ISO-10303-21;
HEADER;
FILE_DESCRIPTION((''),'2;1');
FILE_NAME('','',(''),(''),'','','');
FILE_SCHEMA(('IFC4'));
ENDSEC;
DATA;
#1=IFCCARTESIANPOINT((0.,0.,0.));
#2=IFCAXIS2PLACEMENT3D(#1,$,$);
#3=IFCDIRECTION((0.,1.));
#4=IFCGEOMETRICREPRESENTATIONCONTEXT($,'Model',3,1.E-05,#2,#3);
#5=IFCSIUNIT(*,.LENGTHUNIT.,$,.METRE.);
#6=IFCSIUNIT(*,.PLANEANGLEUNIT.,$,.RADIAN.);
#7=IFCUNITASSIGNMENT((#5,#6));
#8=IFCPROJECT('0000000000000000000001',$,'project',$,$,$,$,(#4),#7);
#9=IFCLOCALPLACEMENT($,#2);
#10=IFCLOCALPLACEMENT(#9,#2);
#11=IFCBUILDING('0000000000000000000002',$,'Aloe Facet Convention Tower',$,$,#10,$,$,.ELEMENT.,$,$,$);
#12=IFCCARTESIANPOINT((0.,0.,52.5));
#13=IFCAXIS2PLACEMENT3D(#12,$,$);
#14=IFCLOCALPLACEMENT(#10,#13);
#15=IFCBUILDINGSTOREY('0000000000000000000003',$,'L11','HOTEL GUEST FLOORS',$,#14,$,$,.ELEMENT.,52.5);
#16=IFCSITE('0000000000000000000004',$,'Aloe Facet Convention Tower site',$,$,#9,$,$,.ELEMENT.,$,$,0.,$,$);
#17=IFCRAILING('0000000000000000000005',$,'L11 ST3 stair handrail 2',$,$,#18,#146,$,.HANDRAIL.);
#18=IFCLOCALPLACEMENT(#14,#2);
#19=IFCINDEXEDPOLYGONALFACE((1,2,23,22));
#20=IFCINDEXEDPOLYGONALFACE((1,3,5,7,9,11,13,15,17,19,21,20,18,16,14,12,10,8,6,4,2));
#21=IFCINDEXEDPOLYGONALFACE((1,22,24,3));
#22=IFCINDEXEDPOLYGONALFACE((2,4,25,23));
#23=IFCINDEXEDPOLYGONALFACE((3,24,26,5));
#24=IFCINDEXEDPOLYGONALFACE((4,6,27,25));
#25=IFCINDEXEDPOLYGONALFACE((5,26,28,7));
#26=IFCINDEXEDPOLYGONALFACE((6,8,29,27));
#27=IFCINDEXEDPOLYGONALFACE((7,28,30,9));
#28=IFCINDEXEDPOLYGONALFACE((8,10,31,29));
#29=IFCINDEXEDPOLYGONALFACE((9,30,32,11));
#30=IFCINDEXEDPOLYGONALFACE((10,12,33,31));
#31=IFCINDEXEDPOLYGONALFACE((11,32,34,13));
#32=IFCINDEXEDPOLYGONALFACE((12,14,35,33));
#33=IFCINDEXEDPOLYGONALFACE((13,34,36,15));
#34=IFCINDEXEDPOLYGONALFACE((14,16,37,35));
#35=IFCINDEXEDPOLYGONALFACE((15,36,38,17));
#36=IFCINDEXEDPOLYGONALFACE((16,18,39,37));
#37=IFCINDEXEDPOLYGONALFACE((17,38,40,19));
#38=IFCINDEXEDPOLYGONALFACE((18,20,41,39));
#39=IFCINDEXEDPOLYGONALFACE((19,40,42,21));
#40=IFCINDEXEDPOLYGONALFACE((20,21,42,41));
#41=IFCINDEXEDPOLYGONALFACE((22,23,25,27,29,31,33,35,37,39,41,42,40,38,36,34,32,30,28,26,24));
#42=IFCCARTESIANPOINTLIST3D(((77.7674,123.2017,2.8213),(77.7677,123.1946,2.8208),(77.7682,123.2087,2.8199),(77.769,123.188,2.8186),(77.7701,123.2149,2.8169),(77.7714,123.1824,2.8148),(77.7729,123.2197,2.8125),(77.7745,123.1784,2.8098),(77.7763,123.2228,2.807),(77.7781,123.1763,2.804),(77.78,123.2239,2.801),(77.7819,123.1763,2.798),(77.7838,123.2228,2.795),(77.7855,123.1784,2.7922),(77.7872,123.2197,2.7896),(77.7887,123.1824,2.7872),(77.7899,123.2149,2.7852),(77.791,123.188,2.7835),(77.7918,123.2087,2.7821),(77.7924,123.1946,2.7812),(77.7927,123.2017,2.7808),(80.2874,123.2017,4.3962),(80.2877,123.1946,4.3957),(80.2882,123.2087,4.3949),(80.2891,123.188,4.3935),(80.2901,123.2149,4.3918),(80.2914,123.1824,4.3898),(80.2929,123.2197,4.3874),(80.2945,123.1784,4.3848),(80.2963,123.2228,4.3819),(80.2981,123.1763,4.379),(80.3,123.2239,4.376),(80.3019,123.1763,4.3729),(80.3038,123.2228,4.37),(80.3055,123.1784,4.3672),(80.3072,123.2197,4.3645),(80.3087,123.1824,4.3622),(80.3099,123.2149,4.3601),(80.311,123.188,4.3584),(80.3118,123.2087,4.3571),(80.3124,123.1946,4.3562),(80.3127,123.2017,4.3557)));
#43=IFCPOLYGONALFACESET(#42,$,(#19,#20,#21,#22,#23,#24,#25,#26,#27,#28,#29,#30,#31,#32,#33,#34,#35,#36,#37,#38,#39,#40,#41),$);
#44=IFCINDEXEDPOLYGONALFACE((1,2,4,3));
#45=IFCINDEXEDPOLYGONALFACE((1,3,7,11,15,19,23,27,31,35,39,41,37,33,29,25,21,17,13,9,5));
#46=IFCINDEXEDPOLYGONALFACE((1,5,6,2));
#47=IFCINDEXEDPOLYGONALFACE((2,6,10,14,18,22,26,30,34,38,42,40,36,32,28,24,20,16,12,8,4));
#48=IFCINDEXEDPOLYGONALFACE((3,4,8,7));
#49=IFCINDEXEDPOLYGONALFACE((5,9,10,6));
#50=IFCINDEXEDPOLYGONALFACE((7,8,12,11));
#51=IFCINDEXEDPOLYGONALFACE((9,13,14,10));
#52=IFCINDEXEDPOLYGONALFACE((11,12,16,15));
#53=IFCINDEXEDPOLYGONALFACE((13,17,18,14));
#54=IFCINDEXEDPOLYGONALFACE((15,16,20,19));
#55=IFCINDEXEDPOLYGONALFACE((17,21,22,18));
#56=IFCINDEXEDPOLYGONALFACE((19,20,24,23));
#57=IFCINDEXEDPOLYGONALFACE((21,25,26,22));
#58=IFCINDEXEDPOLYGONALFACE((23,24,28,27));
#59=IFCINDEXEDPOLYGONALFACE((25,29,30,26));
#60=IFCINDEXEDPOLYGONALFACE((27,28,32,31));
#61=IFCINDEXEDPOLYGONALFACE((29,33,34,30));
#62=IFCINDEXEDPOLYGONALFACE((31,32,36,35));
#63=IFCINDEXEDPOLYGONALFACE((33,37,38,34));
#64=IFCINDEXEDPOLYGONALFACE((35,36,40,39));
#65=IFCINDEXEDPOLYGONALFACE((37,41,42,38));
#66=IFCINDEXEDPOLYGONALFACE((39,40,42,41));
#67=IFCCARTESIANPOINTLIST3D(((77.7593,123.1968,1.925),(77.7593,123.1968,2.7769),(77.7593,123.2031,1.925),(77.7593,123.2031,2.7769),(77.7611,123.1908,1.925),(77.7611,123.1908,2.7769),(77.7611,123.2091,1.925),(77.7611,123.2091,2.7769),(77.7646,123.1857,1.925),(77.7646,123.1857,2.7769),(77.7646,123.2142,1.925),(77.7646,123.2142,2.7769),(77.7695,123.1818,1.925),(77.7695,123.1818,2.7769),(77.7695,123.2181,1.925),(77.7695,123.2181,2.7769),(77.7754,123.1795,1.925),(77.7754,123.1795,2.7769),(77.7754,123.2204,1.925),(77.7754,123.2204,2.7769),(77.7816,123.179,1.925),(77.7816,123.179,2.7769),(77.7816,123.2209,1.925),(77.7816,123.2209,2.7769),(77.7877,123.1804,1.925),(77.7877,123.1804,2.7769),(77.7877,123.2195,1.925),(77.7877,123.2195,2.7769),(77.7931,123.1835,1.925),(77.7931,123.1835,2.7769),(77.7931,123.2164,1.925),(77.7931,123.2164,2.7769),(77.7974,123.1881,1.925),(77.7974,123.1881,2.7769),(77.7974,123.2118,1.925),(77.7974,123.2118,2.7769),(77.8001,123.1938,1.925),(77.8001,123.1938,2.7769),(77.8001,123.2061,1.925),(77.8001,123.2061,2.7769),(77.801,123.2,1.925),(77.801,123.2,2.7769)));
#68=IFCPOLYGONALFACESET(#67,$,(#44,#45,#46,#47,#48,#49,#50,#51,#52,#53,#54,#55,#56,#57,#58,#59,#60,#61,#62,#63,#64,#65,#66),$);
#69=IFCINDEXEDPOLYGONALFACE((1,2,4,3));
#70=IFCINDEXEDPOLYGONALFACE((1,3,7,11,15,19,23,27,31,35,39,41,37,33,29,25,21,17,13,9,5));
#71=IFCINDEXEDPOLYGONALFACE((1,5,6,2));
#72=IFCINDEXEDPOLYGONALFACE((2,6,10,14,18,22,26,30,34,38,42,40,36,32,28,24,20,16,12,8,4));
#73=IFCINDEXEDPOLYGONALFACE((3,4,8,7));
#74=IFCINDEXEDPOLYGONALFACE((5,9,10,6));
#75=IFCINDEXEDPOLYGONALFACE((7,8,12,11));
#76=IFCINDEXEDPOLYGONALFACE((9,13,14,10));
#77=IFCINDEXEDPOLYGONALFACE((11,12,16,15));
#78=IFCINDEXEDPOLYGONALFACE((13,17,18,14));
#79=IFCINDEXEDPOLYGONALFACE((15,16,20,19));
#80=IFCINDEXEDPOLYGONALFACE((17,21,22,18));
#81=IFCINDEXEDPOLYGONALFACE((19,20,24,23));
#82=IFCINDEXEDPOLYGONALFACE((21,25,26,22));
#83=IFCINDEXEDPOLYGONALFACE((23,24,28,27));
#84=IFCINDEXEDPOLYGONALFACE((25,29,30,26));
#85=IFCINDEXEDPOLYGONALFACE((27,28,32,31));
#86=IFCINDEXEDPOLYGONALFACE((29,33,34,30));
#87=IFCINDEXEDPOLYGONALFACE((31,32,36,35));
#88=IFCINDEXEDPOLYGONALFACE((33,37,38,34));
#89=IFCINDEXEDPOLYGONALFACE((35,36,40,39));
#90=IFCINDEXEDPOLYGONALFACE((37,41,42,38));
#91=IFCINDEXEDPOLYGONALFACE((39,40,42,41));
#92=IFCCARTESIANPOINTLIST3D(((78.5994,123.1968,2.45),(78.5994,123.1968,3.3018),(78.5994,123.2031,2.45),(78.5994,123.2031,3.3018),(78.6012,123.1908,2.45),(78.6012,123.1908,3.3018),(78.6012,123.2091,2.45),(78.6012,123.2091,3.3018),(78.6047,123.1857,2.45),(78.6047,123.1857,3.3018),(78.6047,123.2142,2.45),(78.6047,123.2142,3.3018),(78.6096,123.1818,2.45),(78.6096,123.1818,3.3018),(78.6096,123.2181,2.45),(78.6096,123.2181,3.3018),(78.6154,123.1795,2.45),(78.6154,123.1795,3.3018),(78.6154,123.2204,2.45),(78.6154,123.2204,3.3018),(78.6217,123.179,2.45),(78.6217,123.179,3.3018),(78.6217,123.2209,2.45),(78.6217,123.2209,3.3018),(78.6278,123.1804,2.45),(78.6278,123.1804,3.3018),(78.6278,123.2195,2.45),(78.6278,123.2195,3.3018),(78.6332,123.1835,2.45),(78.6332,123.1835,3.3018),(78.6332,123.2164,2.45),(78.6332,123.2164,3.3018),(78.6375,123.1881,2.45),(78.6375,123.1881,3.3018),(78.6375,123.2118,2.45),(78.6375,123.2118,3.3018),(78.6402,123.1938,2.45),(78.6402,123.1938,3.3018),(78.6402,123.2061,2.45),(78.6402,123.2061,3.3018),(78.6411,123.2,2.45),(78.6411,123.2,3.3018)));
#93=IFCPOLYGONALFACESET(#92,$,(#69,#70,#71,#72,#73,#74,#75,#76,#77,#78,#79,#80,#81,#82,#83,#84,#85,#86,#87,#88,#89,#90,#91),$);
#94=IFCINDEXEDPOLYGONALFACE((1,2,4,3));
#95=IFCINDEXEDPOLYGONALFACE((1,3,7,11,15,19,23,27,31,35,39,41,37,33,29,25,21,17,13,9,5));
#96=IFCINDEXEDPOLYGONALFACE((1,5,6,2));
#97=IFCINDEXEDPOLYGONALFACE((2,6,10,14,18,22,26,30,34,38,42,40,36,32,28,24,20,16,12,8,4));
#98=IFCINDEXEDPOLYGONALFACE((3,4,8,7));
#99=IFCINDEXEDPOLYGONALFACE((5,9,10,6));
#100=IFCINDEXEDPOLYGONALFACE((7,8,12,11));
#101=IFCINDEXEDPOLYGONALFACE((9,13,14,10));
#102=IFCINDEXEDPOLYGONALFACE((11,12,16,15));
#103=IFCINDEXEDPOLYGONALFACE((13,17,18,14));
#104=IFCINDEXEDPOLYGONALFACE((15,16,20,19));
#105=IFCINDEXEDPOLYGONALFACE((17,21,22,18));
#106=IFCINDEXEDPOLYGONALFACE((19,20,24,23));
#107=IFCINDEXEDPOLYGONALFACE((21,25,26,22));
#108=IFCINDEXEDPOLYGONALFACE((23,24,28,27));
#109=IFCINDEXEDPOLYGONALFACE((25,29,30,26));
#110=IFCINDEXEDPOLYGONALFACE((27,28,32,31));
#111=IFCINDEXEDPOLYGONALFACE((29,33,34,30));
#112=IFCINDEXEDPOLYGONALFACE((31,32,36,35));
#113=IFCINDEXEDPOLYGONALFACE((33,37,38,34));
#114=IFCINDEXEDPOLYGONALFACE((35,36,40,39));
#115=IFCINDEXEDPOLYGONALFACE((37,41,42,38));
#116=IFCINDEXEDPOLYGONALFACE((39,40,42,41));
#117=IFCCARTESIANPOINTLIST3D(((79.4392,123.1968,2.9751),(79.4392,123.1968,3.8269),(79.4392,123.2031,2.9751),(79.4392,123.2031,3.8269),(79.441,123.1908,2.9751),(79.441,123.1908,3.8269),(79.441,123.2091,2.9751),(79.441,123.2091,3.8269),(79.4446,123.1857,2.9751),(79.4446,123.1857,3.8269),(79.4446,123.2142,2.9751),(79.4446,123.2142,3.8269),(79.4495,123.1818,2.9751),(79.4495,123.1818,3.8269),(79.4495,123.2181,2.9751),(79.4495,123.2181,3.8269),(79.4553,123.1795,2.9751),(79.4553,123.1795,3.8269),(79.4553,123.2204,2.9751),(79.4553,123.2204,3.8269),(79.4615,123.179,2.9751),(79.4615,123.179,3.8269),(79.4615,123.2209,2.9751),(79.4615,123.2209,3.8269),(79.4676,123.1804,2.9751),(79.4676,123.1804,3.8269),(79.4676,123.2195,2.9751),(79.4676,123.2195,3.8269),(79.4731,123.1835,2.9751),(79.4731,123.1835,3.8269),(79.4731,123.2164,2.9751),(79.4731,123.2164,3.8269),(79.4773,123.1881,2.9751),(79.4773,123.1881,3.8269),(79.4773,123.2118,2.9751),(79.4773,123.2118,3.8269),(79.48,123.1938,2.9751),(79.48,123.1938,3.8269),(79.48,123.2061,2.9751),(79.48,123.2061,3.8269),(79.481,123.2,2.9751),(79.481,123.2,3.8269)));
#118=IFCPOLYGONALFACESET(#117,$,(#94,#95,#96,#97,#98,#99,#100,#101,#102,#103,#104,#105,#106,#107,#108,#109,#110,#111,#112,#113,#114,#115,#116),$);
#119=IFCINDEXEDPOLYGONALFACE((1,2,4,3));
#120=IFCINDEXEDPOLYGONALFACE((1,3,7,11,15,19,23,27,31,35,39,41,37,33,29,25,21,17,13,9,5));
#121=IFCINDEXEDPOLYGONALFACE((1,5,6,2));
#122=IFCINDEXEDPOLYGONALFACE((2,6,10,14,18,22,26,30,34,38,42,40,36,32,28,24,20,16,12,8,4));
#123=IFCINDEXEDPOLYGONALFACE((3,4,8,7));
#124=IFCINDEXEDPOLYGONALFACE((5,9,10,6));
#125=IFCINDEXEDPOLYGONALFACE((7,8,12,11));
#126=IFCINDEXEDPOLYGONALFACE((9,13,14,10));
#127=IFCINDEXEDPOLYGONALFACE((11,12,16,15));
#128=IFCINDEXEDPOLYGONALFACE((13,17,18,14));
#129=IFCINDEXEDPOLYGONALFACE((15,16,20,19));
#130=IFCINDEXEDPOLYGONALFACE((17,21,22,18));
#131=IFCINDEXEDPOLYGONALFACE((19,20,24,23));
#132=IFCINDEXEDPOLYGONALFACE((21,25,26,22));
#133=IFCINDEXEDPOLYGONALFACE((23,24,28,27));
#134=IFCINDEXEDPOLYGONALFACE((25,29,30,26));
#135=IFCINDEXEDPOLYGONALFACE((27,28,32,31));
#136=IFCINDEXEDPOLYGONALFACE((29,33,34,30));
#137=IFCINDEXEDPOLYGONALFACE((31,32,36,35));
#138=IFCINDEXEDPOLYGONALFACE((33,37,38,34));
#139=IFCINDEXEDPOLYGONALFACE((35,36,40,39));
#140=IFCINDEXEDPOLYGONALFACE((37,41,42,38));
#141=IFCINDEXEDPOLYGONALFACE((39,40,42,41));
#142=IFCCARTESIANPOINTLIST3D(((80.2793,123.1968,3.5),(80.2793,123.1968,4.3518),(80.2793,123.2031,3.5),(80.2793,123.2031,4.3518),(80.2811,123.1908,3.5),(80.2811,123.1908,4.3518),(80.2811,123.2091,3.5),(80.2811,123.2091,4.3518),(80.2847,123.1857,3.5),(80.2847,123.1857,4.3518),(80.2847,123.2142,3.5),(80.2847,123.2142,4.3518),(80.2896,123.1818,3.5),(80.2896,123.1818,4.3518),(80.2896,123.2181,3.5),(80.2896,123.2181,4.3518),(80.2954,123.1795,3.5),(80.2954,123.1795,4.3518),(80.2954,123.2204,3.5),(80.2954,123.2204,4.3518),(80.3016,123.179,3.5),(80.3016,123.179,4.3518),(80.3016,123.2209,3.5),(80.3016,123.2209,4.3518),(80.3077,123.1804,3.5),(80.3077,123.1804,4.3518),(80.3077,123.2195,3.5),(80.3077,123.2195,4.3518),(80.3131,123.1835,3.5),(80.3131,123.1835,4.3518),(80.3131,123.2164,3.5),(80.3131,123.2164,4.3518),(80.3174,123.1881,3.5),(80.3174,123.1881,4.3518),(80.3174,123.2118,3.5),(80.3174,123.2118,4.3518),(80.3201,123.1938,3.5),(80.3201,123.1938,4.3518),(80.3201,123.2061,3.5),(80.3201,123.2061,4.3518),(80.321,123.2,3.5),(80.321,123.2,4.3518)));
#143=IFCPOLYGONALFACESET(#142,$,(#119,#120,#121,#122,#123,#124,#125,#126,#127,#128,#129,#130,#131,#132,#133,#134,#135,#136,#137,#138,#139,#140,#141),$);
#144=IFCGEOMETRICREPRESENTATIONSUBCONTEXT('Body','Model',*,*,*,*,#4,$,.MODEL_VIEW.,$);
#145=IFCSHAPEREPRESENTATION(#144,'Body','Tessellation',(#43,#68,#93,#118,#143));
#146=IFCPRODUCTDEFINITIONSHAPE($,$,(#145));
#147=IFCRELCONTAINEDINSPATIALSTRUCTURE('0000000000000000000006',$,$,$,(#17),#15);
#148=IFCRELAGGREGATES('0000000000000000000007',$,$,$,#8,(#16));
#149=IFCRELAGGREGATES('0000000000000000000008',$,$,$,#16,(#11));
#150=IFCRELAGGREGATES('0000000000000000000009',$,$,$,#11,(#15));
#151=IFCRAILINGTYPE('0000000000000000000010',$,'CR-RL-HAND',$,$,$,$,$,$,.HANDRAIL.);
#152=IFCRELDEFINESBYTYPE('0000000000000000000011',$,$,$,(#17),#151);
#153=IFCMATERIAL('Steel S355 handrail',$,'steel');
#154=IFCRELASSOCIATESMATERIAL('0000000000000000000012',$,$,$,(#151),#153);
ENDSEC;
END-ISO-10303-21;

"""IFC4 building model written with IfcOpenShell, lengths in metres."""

from ifc_helpers import new_model, si_unit, direction, frame, origin, origin_2d, place, context, subcontext, project, spatial, circle, extrude, material, type_object, element, save


model = new_model("IFC4")

# Units and contexts
model_context = context("Model", 3, precision=1e-05, world=origin(), true_north=direction((0.0, 1.0)))
body_context = subcontext(model_context, "Body", "Model", "MODEL_VIEW")
ifc_project = project(units=[si_unit("LENGTHUNIT", "METRE"), si_unit("PLANEANGLEUNIT", "RADIAN")], contexts=[model_context])

# Site, building, storey
site_placement = place(None, origin())
site = spatial("IfcSite", under=ifc_project, at=site_placement, Name="Aloe Facet Convention Tower site", CompositionType="ELEMENT", RefElevation=0.0)
building_placement = place(site_placement, origin())
building = spatial("IfcBuilding", under=site, at=building_placement, Name="Aloe Facet Convention Tower", CompositionType="ELEMENT")
storey_placement = place(building_placement, frame((0.0, 0.0, 52.5)))
storey = spatial("IfcBuildingStorey", under=building, at=storey_placement, Name="L11", Description="HOTEL GUEST FLOORS", CompositionType="ELEMENT", Elevation=52.5)

# Railing
ifc_material_1 = material(Name="Steel S355 handrail", Category="steel")
railing_type_1 = type_object("IfcRailingType", Name="CR-RL-HAND", PredefinedType="HANDRAIL", material=ifc_material_1)
railing_1_placement = place(storey_placement, frame((77.78, 123.2, 1.925)))
element("IfcRailing", 1, at=railing_1_placement, inside=storey, type_object=railing_type_1, Name="L11 ST3 stair handrail 2", PredefinedType="HANDRAIL", context=body_context, shape_type="SweptSolid", body=[
    extrude(circle(Radius=0.0239, at=origin_2d()), frame((0.0, 0.0, 0.876), z_axis=(0.848008, 0.0, 0.529984), x_axis=(0.0, 1.0, 0.0)), (0.0, 0.0, 1.0), 2.9717),
    extrude(circle(Radius=0.021, at=origin_2d()), origin(), (0.0, 0.0, 1.0), 0.8518),
    extrude(circle(Radius=0.021, at=origin_2d()), frame((0.8401, 0.0, 0.5249)), (0.0, 0.0, 1.0), 0.8518),
    extrude(circle(Radius=0.021, at=origin_2d()), frame((1.6799, 0.0, 1.05)), (0.0, 0.0, 1.0), 0.8518),
    extrude(circle(Radius=0.021, at=origin_2d()), frame((2.52, 0.0, 1.575)), (0.0, 0.0, 1.0), 0.8518),
])

save(model, "model.ifc")
